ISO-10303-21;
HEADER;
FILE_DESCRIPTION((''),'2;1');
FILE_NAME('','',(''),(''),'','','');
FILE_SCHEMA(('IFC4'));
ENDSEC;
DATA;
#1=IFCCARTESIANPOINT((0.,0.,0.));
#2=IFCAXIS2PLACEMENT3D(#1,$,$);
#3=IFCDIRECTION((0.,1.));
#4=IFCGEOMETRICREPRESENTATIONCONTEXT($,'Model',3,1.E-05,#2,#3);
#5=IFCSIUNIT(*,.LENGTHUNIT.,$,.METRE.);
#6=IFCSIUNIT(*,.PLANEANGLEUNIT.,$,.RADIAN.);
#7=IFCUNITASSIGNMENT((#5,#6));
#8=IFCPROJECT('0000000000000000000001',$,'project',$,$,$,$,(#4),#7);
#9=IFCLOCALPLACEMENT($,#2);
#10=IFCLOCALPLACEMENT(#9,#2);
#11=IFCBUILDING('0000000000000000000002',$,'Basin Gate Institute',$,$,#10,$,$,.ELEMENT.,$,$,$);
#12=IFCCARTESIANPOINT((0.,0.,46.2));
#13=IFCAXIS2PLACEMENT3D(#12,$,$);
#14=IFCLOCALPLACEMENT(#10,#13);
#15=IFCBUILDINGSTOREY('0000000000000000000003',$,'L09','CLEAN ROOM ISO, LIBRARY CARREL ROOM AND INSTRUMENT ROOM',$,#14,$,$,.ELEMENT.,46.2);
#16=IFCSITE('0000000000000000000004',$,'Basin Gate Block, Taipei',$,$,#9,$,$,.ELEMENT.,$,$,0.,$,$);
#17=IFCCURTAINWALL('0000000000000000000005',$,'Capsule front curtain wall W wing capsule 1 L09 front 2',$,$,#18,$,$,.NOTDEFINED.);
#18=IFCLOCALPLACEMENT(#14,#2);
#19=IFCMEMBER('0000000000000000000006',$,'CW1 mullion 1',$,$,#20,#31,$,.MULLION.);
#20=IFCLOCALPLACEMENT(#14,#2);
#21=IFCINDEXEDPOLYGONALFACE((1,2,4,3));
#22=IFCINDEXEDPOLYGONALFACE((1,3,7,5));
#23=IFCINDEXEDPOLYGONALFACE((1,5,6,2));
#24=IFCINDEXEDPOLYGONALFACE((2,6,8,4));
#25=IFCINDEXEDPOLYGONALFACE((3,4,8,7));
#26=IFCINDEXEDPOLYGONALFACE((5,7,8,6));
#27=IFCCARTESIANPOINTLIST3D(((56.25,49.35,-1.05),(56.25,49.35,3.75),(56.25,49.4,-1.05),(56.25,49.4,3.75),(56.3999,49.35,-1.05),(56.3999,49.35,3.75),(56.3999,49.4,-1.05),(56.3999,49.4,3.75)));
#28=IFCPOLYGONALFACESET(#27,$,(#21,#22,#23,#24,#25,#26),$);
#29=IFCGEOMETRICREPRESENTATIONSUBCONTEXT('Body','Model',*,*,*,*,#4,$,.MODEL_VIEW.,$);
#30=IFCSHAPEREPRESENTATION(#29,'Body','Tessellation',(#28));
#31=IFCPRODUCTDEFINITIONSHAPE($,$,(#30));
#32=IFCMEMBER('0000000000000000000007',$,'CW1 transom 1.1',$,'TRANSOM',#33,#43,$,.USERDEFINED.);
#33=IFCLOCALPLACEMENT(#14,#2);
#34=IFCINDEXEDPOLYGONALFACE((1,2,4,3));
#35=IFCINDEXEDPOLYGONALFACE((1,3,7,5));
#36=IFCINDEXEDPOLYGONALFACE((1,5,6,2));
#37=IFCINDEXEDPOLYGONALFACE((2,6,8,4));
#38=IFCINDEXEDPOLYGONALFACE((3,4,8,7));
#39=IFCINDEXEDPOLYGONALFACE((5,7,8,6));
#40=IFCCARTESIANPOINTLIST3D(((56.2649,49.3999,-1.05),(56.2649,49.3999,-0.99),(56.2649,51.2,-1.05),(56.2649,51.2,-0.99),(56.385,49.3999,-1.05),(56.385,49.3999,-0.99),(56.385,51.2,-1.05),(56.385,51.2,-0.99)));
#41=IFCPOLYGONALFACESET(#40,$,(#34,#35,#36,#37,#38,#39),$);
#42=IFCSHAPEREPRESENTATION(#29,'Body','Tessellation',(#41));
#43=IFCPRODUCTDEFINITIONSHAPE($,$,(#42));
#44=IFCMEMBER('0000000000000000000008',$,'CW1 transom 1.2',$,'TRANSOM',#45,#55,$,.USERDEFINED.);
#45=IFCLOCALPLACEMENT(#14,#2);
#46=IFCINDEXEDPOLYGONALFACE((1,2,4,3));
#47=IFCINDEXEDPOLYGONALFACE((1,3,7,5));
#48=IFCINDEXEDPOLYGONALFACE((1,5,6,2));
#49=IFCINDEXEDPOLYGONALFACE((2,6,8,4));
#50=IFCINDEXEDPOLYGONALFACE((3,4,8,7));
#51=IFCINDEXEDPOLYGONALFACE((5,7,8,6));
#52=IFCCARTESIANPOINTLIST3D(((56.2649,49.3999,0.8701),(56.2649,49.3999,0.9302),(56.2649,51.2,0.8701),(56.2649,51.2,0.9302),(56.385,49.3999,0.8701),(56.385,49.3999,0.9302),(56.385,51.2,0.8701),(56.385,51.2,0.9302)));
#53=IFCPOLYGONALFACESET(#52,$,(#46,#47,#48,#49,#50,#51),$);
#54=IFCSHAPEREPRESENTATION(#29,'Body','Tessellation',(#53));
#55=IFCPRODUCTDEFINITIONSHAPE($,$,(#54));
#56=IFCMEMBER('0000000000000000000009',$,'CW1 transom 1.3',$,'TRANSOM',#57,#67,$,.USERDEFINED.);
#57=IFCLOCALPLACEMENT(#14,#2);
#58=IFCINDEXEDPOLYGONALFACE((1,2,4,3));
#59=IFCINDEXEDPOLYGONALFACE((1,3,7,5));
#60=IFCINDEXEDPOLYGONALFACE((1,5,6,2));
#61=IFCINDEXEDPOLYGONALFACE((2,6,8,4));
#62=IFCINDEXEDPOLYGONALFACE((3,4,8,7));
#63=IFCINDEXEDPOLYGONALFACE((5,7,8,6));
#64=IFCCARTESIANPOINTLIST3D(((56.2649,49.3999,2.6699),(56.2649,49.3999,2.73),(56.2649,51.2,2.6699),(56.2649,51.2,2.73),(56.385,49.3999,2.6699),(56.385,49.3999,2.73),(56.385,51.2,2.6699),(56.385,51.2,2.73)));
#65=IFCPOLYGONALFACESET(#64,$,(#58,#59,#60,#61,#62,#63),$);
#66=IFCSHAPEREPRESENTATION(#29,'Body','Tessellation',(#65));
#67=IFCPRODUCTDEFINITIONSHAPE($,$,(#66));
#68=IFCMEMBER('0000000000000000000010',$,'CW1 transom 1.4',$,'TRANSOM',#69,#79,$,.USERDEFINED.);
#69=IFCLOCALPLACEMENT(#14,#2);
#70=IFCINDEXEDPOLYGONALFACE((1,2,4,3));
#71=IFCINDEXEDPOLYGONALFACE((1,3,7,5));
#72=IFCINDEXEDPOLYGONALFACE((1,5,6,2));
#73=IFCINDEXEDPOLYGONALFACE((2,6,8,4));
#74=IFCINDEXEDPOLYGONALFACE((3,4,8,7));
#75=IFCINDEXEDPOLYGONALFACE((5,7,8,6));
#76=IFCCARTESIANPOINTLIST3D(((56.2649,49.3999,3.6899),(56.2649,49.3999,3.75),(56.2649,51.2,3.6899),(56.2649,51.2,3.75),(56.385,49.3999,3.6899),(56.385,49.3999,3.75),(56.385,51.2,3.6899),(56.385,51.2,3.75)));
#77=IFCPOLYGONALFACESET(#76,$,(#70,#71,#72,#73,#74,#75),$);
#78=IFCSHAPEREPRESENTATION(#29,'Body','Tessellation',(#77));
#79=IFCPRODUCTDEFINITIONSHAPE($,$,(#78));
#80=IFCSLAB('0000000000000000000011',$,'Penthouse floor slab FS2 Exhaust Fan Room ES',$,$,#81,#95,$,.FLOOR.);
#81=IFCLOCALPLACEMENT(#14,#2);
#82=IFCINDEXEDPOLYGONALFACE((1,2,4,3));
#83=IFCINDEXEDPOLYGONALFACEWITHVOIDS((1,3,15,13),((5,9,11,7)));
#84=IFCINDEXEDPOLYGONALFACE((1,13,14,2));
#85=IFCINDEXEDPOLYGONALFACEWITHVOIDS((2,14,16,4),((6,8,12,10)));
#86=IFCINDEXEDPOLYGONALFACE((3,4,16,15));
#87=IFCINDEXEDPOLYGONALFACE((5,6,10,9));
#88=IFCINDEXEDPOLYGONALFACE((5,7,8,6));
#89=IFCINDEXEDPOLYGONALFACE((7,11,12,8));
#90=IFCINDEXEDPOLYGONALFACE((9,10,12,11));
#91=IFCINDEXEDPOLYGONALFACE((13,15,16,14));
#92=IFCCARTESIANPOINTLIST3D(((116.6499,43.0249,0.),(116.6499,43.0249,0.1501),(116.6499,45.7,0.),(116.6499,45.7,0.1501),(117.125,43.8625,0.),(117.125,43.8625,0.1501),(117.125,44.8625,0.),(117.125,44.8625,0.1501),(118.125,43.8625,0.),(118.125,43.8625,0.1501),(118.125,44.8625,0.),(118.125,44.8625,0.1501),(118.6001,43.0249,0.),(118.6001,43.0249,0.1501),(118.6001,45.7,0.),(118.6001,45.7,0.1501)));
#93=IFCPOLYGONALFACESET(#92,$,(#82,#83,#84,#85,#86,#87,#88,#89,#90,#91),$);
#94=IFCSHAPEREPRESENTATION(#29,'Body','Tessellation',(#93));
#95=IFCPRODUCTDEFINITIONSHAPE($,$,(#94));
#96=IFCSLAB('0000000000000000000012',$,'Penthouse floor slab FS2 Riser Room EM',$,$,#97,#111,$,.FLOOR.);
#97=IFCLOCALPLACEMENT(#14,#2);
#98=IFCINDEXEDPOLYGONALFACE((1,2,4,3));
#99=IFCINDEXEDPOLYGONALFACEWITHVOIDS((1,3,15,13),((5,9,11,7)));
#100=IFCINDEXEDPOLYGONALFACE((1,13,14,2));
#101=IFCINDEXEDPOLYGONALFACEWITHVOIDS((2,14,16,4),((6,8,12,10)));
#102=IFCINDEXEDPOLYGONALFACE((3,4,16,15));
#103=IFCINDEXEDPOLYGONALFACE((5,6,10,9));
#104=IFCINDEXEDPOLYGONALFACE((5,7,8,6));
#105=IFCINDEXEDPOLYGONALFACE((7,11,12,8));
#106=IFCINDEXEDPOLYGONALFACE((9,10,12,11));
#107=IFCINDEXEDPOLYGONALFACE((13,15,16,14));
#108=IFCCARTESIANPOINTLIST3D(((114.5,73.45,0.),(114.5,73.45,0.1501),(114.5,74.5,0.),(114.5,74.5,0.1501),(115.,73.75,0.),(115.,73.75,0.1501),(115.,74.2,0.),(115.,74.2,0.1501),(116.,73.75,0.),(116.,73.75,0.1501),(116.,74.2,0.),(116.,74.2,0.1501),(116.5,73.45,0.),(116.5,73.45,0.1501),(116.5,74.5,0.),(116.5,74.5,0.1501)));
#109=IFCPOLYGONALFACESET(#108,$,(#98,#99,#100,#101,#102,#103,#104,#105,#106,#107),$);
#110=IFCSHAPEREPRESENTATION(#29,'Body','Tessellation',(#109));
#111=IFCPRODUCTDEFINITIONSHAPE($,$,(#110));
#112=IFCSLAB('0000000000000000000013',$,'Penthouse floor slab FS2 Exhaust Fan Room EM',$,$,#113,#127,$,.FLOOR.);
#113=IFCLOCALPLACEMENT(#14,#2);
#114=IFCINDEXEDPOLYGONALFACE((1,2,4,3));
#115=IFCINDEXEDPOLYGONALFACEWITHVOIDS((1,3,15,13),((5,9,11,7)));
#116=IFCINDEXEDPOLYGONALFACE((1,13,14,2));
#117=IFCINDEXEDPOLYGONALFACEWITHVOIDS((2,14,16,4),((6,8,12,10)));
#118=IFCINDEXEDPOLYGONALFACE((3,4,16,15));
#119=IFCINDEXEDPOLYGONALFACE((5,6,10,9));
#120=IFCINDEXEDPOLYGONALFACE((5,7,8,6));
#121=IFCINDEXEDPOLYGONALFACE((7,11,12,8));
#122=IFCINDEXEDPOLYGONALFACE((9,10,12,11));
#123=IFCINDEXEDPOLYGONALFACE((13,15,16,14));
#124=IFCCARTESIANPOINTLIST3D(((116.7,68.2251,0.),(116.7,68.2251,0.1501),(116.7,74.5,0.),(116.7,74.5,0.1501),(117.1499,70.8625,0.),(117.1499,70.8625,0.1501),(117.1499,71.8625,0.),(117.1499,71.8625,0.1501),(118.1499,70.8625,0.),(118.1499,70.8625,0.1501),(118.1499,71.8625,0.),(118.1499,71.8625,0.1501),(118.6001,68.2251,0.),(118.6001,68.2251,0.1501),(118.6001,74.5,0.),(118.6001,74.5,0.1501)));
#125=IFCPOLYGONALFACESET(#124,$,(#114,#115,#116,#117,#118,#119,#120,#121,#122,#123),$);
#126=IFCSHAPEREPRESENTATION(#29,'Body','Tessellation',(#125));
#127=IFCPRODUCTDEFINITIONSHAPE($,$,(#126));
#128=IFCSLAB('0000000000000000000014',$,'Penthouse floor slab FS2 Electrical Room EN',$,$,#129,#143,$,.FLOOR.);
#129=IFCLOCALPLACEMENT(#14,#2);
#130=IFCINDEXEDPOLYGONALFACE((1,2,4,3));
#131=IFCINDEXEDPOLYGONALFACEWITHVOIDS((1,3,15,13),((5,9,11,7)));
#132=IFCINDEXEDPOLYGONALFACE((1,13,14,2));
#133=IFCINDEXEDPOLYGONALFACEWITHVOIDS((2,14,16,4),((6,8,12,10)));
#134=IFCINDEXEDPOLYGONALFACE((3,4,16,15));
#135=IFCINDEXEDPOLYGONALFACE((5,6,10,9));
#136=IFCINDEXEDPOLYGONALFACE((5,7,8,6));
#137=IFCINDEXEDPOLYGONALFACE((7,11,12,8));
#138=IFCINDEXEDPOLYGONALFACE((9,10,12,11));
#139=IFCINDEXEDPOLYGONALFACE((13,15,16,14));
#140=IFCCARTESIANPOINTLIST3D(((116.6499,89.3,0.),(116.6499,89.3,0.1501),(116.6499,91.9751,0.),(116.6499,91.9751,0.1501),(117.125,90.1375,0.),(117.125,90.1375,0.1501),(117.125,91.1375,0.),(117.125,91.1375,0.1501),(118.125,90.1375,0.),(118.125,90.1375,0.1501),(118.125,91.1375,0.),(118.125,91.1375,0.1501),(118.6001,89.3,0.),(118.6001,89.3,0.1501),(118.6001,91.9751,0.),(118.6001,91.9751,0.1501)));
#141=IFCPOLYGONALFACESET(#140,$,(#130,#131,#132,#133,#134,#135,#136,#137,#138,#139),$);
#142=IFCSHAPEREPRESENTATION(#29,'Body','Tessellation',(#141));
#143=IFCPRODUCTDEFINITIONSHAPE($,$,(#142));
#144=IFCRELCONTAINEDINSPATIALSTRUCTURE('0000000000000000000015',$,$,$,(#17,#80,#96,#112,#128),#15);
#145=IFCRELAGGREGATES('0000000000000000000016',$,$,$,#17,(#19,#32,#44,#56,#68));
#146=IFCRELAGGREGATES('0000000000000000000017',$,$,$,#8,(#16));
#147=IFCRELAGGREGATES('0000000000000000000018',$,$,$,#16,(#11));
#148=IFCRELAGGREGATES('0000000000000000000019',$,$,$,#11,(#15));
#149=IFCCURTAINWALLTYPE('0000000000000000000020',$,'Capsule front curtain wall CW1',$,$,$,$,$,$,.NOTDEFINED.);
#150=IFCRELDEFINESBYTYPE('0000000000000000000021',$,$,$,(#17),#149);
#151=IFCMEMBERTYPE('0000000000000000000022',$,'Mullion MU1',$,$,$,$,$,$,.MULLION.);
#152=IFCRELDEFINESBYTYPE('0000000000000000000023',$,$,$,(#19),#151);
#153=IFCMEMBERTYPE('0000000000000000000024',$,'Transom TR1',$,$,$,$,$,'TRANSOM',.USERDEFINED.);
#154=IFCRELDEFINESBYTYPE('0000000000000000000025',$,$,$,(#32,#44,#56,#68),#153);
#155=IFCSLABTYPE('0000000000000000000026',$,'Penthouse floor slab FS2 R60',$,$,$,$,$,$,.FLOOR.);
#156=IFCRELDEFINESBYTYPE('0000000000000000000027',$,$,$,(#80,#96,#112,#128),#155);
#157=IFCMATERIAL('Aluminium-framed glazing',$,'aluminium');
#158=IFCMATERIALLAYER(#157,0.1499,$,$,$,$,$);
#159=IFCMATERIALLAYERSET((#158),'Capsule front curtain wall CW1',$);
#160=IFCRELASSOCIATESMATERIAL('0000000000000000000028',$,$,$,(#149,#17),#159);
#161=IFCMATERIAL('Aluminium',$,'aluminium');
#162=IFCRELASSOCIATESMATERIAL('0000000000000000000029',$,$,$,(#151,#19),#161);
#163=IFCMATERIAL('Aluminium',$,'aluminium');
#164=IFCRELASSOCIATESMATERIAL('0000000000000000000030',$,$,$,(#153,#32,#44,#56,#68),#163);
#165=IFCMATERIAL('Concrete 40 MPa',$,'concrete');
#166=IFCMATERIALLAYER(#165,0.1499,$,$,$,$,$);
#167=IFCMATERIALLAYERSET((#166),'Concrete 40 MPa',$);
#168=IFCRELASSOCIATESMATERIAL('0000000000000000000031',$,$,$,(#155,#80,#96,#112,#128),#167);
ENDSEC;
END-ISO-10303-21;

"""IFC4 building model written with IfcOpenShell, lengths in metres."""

from ifc_helpers import new_model, si_unit, direction, frame, origin, origin_2d, place, context, subcontext, project, spatial, polyline, rectangle, outline, extrude, material, layer, layer_set, material_profile, profile_set, type_object, element, aggregate, save


model = new_model("IFC4")

# Units and contexts
model_context = context("Model", 3, precision=1e-05, world=origin(), true_north=direction((0.0, 1.0)))
body_context = subcontext(model_context, "Body", "Model", "MODEL_VIEW")
ifc_project = project(units=[si_unit("LENGTHUNIT", "METRE"), si_unit("PLANEANGLEUNIT", "RADIAN")], contexts=[model_context])

# Site, building, storey
site_placement = place(None, origin())
site = spatial("IfcSite", under=ifc_project, at=site_placement, Name="Basin Gate Block, Taipei", CompositionType="ELEMENT", RefElevation=0.0)
building_placement = place(site_placement, origin())
building = spatial("IfcBuilding", under=site, at=building_placement, Name="Basin Gate Institute", CompositionType="ELEMENT")
storey_placement = place(building_placement, frame((0.0, 0.0, 46.2)))
storey = spatial("IfcBuildingStorey", under=building, at=storey_placement, Name="L09", Description="CLEAN ROOM ISO, LIBRARY CARREL ROOM AND INSTRUMENT ROOM", CompositionType="ELEMENT", Elevation=46.2)

# Curtain wall, members
ifc_material_1 = material(Name="Aluminium-framed glazing", Category="aluminium")
ifc_layer_1 = layer(ifc_material_1, 0.1499)
ifc_layer_set_1 = layer_set([ifc_layer_1], Name="Capsule front curtain wall CW1")
curtain_wall_type = type_object("IfcCurtainWallType", Name="Capsule front curtain wall CW1", PredefinedType="NOTDEFINED", material=ifc_layer_set_1)
curtain_wall_placement = place(storey_placement, origin())
curtain_wall = element("IfcCurtainWall", 1, at=curtain_wall_placement, inside=storey, type_object=curtain_wall_type, material=ifc_layer_set_1, Name="Capsule front curtain wall W wing capsule 1 L09 front 2", PredefinedType="NOTDEFINED")
ifc_material_2 = material(Name="Aluminium", Category="aluminium")
ifc_material_profile_1 = material_profile(ifc_material_2, rectangle(XDim=0.1499, YDim=0.05, at=origin_2d()), Name="Mullion MU1 150 x 50")
ifc_profile_set_1 = profile_set([ifc_material_profile_1], Name="Aluminium")
member_type_1 = type_object("IfcMemberType", Name="Mullion MU1", PredefinedType="MULLION", material=ifc_profile_set_1)
member_1_placement = place(storey_placement, frame((56.325, 49.375, -1.05), z_axis=(0.0, 0.0, 1.0), x_axis=(-1.0, 0.0, 0.0)))
member_1 = element("IfcMember", 2, at=member_1_placement, type_object=member_type_1, material=ifc_profile_set_1, Name="CW1 mullion 1", PredefinedType="MULLION", context=body_context, shape_type="SweptSolid", body=[
    extrude(rectangle(XDim=0.1499, YDim=0.05, at=origin_2d()), origin(), (0.0, 0.0, 1.0), 4.8),
])
ifc_material_3 = material(Name="Aluminium", Category="aluminium")
ifc_material_profile_2 = material_profile(ifc_material_3, rectangle(XDim=0.1201, YDim=0.0601, at=origin_2d()), Name="Transom TR1 120 x 60")
ifc_profile_set_2 = profile_set([ifc_material_profile_2], Name="Aluminium")
member_type_2 = type_object("IfcMemberType", Name="Transom TR1", ElementType="TRANSOM", PredefinedType="USERDEFINED", material=ifc_profile_set_2)
member_2_placement = place(storey_placement, frame((56.325, 49.3999, -1.02), z_axis=(0.0, 1.0, 0.0), x_axis=(-1.0, 0.0, 0.0)))
member_2 = element("IfcMember", 3, at=member_2_placement, type_object=member_type_2, material=ifc_profile_set_2, Name="CW1 transom 1.1", ObjectType="TRANSOM", PredefinedType="USERDEFINED", context=body_context, shape_type="SweptSolid", body=[
    extrude(rectangle(XDim=0.1201, YDim=0.0601, at=origin_2d()), origin(), (0.0, 0.0, 1.0), 1.8),
])
member_3_placement = place(storey_placement, frame((56.325, 49.3999, 0.9001), z_axis=(0.0, 1.0, 0.0), x_axis=(-1.0, 0.0, 0.0)))
member_3 = element("IfcMember", 4, at=member_3_placement, type_object=member_type_2, material=ifc_profile_set_2, Name="CW1 transom 1.2", ObjectType="TRANSOM", PredefinedType="USERDEFINED", context=body_context, shape_type="SweptSolid", body=[
    extrude(rectangle(XDim=0.1201, YDim=0.0601, at=origin_2d()), origin(), (0.0, 0.0, 1.0), 1.8),
])
member_4_placement = place(storey_placement, frame((56.325, 49.3999, 2.7), z_axis=(0.0, 1.0, 0.0), x_axis=(-1.0, 0.0, 0.0)))
member_4 = element("IfcMember", 5, at=member_4_placement, type_object=member_type_2, material=ifc_profile_set_2, Name="CW1 transom 1.3", ObjectType="TRANSOM", PredefinedType="USERDEFINED", context=body_context, shape_type="SweptSolid", body=[
    extrude(rectangle(XDim=0.1201, YDim=0.0601, at=origin_2d()), origin(), (0.0, 0.0, 1.0), 1.8),
])
member_5_placement = place(storey_placement, frame((56.325, 49.3999, 3.72), z_axis=(0.0, 1.0, 0.0), x_axis=(-1.0, 0.0, 0.0)))
member_5 = element("IfcMember", 6, at=member_5_placement, type_object=member_type_2, material=ifc_profile_set_2, Name="CW1 transom 1.4", ObjectType="TRANSOM", PredefinedType="USERDEFINED", context=body_context, shape_type="SweptSolid", body=[
    extrude(rectangle(XDim=0.1201, YDim=0.0601, at=origin_2d()), origin(), (0.0, 0.0, 1.0), 1.8),
])

# Slabs
ifc_material_4 = material(Name="Concrete 40 MPa", Category="concrete")
ifc_layer_2 = layer(ifc_material_4, 0.1499)
ifc_layer_set_2 = layer_set([ifc_layer_2], Name="Concrete 40 MPa")
slab_type_1 = type_object("IfcSlabType", Name="Penthouse floor slab FS2 R60", PredefinedType="FLOOR", material=ifc_layer_set_2)
slab_1_placement = place(storey_placement, origin())
element("IfcSlab", 7, at=slab_1_placement, inside=storey, type_object=slab_type_1, material=ifc_layer_set_2, Name="Penthouse floor slab FS2 Exhaust Fan Room ES", PredefinedType="FLOOR", context=body_context, shape_type="SweptSolid", body=[
    extrude(outline(polyline([(116.6499, 43.0249), (118.6001, 43.0249), (118.6001, 45.7), (116.6499, 45.7), (116.6499, 43.0249)]), holes=[polyline([(117.125, 43.8625), (118.125, 43.8625), (118.125, 44.8625), (117.125, 44.8625), (117.125, 43.8625)])]), origin(), (0.0, 0.0, 1.0), 0.1501),
])
slab_2_placement = place(storey_placement, origin())
element("IfcSlab", 8, at=slab_2_placement, inside=storey, type_object=slab_type_1, material=ifc_layer_set_2, Name="Penthouse floor slab FS2 Riser Room EM", PredefinedType="FLOOR", context=body_context, shape_type="SweptSolid", body=[
    extrude(outline(polyline([(114.5, 73.45), (116.5, 73.45), (116.5, 74.5), (114.5, 74.5), (114.5, 73.45)]), holes=[polyline([(115.0, 73.75), (116.0, 73.75), (116.0, 74.2), (115.0, 74.2), (115.0, 73.75)])]), origin(), (0.0, 0.0, 1.0), 0.1501),
])
slab_3_placement = place(storey_placement, origin())
element("IfcSlab", 9, at=slab_3_placement, inside=storey, type_object=slab_type_1, material=ifc_layer_set_2, Name="Penthouse floor slab FS2 Exhaust Fan Room EM", PredefinedType="FLOOR", context=body_context, shape_type="SweptSolid", body=[
    extrude(outline(polyline([(116.7, 68.2251), (118.6001, 68.2251), (118.6001, 74.5), (116.7, 74.5), (116.7, 68.2251)]), holes=[polyline([(117.1499, 70.8625), (118.1499, 70.8625), (118.1499, 71.8625), (117.1499, 71.8625), (117.1499, 70.8625)])]), origin(), (0.0, 0.0, 1.0), 0.1501),
])
slab_4_placement = place(storey_placement, origin())
element("IfcSlab", 10, at=slab_4_placement, inside=storey, type_object=slab_type_1, material=ifc_layer_set_2, Name="Penthouse floor slab FS2 Electrical Room EN", PredefinedType="FLOOR", context=body_context, shape_type="SweptSolid", body=[
    extrude(outline(polyline([(116.6499, 89.3), (118.6001, 89.3), (118.6001, 91.9751), (116.6499, 91.9751), (116.6499, 89.3)]), holes=[polyline([(117.125, 90.1375), (118.125, 90.1375), (118.125, 91.1375), (117.125, 91.1375), (117.125, 90.1375)])]), origin(), (0.0, 0.0, 1.0), 0.1501),
])

aggregate(curtain_wall, [member_1, member_2, member_3, member_4, member_5])

save(model, "model.ifc")
